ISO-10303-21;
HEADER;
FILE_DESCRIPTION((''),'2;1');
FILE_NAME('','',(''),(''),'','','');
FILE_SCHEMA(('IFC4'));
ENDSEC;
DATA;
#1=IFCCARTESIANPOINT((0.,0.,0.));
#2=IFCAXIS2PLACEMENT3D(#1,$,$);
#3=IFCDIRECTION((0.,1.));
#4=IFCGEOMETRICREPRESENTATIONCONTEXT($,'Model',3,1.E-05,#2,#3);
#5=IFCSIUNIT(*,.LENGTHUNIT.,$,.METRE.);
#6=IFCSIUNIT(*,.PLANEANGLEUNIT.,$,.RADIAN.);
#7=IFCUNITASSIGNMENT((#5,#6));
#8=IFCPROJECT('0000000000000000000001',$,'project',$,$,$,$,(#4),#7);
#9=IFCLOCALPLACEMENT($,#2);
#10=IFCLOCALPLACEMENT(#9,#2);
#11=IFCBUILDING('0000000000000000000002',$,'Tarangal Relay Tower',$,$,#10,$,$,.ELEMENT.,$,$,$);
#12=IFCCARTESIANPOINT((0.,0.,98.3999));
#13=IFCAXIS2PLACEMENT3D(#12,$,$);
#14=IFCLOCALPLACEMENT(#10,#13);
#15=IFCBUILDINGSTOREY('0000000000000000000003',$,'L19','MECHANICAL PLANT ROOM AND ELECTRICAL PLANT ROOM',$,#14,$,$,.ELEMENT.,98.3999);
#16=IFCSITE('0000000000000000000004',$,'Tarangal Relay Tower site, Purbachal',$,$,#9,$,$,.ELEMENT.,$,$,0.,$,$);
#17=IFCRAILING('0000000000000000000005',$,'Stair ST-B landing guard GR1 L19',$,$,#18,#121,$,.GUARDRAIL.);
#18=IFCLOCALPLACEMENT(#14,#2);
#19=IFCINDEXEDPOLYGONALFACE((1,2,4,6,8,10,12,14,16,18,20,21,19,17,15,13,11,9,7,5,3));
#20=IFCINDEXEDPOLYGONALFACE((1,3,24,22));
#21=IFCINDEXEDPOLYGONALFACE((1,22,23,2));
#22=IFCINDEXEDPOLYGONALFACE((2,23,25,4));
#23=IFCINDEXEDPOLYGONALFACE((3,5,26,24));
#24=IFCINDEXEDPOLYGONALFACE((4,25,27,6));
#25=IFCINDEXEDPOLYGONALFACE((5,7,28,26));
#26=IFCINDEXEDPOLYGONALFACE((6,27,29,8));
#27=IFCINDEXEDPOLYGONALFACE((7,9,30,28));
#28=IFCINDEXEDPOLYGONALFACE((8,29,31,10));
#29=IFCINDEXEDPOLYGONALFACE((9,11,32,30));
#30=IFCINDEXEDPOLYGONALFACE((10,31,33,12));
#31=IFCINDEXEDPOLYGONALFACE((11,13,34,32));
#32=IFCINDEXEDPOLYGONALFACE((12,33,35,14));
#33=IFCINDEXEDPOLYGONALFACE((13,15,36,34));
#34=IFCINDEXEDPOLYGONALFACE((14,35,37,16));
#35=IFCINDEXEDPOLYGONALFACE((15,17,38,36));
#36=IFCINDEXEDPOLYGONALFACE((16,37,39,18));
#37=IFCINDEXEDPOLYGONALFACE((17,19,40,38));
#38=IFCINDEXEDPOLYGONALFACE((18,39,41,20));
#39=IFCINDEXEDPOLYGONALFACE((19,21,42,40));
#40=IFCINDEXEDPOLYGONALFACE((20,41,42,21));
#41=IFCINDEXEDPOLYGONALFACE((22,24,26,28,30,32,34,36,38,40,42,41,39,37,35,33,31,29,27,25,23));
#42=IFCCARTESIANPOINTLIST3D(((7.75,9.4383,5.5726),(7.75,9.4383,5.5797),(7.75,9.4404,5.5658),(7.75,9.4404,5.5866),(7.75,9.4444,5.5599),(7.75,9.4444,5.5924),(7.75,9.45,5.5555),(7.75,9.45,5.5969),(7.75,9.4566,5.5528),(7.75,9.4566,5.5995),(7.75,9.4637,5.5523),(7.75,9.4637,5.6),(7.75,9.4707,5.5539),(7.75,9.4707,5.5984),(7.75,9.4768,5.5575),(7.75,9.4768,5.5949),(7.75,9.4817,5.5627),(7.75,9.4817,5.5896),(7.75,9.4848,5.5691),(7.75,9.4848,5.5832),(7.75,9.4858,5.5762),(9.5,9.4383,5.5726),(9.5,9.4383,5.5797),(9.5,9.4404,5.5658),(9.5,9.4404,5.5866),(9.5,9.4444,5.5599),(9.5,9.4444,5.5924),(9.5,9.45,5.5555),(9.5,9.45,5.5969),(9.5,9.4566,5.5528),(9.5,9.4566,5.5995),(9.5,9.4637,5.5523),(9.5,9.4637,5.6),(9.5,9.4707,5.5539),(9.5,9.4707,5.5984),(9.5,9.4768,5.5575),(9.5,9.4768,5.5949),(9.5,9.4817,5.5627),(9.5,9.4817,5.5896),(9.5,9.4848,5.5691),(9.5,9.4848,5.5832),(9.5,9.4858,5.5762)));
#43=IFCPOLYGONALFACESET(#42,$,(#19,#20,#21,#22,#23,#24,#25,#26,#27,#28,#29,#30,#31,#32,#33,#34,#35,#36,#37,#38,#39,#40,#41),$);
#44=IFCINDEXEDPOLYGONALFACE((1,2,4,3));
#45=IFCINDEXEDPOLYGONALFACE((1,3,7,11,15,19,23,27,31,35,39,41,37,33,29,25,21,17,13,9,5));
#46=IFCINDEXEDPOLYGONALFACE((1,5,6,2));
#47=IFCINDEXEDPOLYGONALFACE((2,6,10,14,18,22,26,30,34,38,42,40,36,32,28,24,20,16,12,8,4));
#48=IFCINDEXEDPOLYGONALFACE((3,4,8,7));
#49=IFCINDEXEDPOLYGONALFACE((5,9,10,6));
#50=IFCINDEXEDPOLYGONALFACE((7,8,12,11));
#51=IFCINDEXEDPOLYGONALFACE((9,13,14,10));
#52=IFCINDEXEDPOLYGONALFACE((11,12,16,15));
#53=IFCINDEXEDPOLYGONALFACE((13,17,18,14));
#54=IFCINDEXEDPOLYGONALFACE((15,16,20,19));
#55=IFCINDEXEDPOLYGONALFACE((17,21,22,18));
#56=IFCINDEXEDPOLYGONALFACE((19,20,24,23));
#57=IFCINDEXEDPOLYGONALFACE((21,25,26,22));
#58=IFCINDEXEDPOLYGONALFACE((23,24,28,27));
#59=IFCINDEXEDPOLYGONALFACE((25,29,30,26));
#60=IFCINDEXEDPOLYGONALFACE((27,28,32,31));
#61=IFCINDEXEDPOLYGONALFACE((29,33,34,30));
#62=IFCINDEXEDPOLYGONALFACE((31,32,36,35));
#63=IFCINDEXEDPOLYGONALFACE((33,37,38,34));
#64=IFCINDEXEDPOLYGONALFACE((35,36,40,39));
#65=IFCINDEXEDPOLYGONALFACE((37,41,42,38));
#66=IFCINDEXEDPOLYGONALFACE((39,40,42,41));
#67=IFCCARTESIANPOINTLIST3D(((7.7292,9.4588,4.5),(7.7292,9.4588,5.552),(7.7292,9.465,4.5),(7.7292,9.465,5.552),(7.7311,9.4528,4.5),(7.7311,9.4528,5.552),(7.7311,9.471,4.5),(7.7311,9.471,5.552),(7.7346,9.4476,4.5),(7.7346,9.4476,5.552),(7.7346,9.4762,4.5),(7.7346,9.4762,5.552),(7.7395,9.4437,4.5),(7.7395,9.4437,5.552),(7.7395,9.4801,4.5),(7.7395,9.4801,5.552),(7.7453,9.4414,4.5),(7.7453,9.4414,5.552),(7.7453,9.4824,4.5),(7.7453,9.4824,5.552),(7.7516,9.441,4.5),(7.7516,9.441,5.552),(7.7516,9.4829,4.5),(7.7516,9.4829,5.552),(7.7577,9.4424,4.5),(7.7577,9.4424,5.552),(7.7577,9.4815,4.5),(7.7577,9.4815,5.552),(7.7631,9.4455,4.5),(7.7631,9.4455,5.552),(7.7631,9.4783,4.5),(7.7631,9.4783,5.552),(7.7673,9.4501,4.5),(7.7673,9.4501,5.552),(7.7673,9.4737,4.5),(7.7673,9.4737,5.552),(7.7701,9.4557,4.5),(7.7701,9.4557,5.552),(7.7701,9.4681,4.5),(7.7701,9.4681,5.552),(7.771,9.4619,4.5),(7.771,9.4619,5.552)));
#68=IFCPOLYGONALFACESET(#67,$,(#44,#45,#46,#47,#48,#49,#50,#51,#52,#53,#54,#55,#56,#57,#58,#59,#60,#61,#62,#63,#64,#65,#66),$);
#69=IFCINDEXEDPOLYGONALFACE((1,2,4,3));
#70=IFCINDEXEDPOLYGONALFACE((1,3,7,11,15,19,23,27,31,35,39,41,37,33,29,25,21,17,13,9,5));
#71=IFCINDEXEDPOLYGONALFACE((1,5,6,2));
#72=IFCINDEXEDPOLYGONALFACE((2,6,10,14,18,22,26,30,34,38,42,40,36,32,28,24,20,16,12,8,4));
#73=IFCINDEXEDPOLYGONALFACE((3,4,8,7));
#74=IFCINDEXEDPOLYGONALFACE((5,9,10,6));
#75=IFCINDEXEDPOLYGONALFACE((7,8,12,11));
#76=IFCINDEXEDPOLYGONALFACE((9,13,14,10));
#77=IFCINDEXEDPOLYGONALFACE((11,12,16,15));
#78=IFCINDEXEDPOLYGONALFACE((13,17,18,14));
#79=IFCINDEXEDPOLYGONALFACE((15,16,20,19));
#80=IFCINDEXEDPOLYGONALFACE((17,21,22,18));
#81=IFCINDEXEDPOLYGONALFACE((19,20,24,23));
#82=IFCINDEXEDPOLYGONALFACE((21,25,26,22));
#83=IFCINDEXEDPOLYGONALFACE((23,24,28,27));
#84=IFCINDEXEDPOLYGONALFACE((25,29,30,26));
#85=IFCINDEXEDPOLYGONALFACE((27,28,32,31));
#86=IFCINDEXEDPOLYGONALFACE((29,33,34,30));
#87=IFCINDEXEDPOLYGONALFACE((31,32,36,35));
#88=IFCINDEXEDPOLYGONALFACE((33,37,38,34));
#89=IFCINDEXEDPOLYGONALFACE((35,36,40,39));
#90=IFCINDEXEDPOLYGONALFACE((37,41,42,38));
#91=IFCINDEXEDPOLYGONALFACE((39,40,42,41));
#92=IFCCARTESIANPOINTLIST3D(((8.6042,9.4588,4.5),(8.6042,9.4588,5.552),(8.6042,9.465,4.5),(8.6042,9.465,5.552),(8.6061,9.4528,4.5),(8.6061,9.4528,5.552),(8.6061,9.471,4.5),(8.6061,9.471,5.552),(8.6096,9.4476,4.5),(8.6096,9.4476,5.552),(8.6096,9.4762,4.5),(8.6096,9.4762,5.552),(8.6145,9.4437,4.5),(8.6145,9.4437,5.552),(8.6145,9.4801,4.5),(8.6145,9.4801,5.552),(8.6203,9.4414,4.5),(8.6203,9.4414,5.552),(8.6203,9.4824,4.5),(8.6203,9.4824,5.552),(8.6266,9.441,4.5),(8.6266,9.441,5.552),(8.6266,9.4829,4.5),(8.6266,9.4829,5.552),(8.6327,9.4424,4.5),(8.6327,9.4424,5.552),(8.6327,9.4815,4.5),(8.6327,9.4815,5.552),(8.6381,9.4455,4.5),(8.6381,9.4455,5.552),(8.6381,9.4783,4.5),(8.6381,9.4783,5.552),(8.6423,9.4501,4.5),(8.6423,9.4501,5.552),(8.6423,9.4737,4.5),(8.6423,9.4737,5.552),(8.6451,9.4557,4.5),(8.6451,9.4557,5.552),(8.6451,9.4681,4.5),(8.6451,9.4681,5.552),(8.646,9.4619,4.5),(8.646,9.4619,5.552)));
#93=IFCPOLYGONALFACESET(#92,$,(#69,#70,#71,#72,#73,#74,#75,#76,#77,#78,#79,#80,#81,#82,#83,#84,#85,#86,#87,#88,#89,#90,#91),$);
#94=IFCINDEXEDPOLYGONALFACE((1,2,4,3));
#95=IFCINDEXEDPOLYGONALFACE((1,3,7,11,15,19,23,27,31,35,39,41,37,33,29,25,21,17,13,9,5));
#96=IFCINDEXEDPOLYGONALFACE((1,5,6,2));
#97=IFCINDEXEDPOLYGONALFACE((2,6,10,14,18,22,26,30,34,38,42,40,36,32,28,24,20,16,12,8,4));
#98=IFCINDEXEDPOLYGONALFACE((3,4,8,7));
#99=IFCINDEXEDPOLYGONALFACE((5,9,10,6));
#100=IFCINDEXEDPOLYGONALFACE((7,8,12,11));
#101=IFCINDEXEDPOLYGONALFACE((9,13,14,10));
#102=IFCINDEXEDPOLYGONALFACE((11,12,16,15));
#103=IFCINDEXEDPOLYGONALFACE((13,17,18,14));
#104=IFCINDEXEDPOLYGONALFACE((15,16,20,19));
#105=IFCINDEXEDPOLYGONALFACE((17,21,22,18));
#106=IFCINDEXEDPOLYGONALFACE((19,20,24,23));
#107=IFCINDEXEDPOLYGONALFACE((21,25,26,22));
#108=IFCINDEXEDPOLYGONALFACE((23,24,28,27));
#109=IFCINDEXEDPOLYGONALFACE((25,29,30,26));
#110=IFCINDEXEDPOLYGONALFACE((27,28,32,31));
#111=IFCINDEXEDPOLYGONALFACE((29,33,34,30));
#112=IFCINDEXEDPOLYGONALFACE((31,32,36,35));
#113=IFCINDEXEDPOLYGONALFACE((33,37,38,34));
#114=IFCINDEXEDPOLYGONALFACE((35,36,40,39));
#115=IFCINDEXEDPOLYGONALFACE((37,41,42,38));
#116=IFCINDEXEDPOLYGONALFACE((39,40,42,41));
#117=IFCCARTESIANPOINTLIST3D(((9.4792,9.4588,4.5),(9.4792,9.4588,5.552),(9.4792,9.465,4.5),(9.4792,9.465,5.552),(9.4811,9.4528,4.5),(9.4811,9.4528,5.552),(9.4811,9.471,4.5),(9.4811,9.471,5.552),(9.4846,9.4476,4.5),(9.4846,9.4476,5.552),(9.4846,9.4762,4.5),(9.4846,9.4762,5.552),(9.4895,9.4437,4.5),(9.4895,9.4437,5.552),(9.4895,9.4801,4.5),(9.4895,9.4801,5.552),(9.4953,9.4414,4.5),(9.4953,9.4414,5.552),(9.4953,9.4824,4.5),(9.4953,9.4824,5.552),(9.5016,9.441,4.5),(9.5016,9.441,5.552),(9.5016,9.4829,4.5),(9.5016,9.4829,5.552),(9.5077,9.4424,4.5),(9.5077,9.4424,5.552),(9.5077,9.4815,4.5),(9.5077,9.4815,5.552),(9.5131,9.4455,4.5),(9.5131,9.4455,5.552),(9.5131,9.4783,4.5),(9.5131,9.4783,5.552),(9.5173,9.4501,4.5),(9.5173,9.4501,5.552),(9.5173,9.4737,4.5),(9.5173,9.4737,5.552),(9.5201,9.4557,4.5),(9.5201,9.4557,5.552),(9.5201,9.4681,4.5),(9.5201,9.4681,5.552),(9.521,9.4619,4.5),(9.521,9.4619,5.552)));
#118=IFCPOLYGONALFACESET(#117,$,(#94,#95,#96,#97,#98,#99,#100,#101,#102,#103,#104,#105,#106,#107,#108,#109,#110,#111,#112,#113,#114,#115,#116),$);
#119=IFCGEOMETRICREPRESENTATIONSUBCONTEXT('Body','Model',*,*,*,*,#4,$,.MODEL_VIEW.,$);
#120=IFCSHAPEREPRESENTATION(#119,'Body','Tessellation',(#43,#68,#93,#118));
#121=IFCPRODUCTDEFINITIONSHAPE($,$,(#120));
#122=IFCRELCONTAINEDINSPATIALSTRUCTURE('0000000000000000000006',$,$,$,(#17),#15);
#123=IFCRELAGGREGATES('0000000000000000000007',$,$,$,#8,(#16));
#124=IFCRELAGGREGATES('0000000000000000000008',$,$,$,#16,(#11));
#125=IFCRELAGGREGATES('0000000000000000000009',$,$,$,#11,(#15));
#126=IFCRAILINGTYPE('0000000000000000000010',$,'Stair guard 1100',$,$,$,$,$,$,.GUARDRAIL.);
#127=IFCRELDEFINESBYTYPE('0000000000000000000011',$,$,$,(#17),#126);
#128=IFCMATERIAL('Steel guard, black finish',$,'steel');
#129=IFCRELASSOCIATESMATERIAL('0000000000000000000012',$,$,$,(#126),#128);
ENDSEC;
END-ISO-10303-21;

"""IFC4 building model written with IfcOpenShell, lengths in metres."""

from ifc_helpers import new_model, si_unit, direction, frame, origin, origin_2d, place, context, subcontext, project, spatial, circle, extrude, material, type_object, element, save


model = new_model("IFC4")

# Units and contexts
model_context = context("Model", 3, precision=1e-05, world=origin(), true_north=direction((0.0, 1.0)))
body_context = subcontext(model_context, "Body", "Model", "MODEL_VIEW")
ifc_project = project(units=[si_unit("LENGTHUNIT", "METRE"), si_unit("PLANEANGLEUNIT", "RADIAN")], contexts=[model_context])

# Site, building, storey
site_placement = place(None, origin())
site = spatial("IfcSite", under=ifc_project, at=site_placement, Name="Tarangal Relay Tower site, Purbachal", CompositionType="ELEMENT", RefElevation=0.0)
building_placement = place(site_placement, origin())
building = spatial("IfcBuilding", under=site, at=building_placement, Name="Tarangal Relay Tower", CompositionType="ELEMENT")
storey_placement = place(building_placement, frame((0.0, 0.0, 98.3999)))
storey = spatial("IfcBuildingStorey", under=building, at=storey_placement, Name="L19", Description="MECHANICAL PLANT ROOM AND ELECTRICAL PLANT ROOM", CompositionType="ELEMENT", Elevation=98.3999)

# Railing
ifc_material_1 = material(Name="Steel guard, black finish", Category="steel")
railing_type_1 = type_object("IfcRailingType", Name="Stair guard 1100", PredefinedType="GUARDRAIL", material=ifc_material_1)
for number, where, name in (
    (1, (7.75, 9.4619, 4.5), "Stair ST-B landing guard GR1 L19"),
):
    element("IfcRailing", number, at=place(storey_placement, frame(where)), inside=storey, type_object=railing_type_1, Name=name, PredefinedType="GUARDRAIL", context=body_context, shape_type="SweptSolid", body=[
        extrude(circle(Radius=0.0239, at=origin_2d()), frame((0.0, 0.0, 1.0762), z_axis=(1.0, 0.0, 0.0), x_axis=(0.0, 1.0, 0.0)), (0.0, 0.0, 1.0), 1.75),
        extrude(circle(Radius=0.021, at=origin_2d()), origin(), (0.0, 0.0, 1.0), 1.052),
        extrude(circle(Radius=0.021, at=origin_2d()), frame((0.875, 0.0, 0.0)), (0.0, 0.0, 1.0), 1.052),
        extrude(circle(Radius=0.021, at=origin_2d()), frame((1.75, 0.0, 0.0)), (0.0, 0.0, 1.0), 1.052),
    ])

save(model, "model.ifc")
